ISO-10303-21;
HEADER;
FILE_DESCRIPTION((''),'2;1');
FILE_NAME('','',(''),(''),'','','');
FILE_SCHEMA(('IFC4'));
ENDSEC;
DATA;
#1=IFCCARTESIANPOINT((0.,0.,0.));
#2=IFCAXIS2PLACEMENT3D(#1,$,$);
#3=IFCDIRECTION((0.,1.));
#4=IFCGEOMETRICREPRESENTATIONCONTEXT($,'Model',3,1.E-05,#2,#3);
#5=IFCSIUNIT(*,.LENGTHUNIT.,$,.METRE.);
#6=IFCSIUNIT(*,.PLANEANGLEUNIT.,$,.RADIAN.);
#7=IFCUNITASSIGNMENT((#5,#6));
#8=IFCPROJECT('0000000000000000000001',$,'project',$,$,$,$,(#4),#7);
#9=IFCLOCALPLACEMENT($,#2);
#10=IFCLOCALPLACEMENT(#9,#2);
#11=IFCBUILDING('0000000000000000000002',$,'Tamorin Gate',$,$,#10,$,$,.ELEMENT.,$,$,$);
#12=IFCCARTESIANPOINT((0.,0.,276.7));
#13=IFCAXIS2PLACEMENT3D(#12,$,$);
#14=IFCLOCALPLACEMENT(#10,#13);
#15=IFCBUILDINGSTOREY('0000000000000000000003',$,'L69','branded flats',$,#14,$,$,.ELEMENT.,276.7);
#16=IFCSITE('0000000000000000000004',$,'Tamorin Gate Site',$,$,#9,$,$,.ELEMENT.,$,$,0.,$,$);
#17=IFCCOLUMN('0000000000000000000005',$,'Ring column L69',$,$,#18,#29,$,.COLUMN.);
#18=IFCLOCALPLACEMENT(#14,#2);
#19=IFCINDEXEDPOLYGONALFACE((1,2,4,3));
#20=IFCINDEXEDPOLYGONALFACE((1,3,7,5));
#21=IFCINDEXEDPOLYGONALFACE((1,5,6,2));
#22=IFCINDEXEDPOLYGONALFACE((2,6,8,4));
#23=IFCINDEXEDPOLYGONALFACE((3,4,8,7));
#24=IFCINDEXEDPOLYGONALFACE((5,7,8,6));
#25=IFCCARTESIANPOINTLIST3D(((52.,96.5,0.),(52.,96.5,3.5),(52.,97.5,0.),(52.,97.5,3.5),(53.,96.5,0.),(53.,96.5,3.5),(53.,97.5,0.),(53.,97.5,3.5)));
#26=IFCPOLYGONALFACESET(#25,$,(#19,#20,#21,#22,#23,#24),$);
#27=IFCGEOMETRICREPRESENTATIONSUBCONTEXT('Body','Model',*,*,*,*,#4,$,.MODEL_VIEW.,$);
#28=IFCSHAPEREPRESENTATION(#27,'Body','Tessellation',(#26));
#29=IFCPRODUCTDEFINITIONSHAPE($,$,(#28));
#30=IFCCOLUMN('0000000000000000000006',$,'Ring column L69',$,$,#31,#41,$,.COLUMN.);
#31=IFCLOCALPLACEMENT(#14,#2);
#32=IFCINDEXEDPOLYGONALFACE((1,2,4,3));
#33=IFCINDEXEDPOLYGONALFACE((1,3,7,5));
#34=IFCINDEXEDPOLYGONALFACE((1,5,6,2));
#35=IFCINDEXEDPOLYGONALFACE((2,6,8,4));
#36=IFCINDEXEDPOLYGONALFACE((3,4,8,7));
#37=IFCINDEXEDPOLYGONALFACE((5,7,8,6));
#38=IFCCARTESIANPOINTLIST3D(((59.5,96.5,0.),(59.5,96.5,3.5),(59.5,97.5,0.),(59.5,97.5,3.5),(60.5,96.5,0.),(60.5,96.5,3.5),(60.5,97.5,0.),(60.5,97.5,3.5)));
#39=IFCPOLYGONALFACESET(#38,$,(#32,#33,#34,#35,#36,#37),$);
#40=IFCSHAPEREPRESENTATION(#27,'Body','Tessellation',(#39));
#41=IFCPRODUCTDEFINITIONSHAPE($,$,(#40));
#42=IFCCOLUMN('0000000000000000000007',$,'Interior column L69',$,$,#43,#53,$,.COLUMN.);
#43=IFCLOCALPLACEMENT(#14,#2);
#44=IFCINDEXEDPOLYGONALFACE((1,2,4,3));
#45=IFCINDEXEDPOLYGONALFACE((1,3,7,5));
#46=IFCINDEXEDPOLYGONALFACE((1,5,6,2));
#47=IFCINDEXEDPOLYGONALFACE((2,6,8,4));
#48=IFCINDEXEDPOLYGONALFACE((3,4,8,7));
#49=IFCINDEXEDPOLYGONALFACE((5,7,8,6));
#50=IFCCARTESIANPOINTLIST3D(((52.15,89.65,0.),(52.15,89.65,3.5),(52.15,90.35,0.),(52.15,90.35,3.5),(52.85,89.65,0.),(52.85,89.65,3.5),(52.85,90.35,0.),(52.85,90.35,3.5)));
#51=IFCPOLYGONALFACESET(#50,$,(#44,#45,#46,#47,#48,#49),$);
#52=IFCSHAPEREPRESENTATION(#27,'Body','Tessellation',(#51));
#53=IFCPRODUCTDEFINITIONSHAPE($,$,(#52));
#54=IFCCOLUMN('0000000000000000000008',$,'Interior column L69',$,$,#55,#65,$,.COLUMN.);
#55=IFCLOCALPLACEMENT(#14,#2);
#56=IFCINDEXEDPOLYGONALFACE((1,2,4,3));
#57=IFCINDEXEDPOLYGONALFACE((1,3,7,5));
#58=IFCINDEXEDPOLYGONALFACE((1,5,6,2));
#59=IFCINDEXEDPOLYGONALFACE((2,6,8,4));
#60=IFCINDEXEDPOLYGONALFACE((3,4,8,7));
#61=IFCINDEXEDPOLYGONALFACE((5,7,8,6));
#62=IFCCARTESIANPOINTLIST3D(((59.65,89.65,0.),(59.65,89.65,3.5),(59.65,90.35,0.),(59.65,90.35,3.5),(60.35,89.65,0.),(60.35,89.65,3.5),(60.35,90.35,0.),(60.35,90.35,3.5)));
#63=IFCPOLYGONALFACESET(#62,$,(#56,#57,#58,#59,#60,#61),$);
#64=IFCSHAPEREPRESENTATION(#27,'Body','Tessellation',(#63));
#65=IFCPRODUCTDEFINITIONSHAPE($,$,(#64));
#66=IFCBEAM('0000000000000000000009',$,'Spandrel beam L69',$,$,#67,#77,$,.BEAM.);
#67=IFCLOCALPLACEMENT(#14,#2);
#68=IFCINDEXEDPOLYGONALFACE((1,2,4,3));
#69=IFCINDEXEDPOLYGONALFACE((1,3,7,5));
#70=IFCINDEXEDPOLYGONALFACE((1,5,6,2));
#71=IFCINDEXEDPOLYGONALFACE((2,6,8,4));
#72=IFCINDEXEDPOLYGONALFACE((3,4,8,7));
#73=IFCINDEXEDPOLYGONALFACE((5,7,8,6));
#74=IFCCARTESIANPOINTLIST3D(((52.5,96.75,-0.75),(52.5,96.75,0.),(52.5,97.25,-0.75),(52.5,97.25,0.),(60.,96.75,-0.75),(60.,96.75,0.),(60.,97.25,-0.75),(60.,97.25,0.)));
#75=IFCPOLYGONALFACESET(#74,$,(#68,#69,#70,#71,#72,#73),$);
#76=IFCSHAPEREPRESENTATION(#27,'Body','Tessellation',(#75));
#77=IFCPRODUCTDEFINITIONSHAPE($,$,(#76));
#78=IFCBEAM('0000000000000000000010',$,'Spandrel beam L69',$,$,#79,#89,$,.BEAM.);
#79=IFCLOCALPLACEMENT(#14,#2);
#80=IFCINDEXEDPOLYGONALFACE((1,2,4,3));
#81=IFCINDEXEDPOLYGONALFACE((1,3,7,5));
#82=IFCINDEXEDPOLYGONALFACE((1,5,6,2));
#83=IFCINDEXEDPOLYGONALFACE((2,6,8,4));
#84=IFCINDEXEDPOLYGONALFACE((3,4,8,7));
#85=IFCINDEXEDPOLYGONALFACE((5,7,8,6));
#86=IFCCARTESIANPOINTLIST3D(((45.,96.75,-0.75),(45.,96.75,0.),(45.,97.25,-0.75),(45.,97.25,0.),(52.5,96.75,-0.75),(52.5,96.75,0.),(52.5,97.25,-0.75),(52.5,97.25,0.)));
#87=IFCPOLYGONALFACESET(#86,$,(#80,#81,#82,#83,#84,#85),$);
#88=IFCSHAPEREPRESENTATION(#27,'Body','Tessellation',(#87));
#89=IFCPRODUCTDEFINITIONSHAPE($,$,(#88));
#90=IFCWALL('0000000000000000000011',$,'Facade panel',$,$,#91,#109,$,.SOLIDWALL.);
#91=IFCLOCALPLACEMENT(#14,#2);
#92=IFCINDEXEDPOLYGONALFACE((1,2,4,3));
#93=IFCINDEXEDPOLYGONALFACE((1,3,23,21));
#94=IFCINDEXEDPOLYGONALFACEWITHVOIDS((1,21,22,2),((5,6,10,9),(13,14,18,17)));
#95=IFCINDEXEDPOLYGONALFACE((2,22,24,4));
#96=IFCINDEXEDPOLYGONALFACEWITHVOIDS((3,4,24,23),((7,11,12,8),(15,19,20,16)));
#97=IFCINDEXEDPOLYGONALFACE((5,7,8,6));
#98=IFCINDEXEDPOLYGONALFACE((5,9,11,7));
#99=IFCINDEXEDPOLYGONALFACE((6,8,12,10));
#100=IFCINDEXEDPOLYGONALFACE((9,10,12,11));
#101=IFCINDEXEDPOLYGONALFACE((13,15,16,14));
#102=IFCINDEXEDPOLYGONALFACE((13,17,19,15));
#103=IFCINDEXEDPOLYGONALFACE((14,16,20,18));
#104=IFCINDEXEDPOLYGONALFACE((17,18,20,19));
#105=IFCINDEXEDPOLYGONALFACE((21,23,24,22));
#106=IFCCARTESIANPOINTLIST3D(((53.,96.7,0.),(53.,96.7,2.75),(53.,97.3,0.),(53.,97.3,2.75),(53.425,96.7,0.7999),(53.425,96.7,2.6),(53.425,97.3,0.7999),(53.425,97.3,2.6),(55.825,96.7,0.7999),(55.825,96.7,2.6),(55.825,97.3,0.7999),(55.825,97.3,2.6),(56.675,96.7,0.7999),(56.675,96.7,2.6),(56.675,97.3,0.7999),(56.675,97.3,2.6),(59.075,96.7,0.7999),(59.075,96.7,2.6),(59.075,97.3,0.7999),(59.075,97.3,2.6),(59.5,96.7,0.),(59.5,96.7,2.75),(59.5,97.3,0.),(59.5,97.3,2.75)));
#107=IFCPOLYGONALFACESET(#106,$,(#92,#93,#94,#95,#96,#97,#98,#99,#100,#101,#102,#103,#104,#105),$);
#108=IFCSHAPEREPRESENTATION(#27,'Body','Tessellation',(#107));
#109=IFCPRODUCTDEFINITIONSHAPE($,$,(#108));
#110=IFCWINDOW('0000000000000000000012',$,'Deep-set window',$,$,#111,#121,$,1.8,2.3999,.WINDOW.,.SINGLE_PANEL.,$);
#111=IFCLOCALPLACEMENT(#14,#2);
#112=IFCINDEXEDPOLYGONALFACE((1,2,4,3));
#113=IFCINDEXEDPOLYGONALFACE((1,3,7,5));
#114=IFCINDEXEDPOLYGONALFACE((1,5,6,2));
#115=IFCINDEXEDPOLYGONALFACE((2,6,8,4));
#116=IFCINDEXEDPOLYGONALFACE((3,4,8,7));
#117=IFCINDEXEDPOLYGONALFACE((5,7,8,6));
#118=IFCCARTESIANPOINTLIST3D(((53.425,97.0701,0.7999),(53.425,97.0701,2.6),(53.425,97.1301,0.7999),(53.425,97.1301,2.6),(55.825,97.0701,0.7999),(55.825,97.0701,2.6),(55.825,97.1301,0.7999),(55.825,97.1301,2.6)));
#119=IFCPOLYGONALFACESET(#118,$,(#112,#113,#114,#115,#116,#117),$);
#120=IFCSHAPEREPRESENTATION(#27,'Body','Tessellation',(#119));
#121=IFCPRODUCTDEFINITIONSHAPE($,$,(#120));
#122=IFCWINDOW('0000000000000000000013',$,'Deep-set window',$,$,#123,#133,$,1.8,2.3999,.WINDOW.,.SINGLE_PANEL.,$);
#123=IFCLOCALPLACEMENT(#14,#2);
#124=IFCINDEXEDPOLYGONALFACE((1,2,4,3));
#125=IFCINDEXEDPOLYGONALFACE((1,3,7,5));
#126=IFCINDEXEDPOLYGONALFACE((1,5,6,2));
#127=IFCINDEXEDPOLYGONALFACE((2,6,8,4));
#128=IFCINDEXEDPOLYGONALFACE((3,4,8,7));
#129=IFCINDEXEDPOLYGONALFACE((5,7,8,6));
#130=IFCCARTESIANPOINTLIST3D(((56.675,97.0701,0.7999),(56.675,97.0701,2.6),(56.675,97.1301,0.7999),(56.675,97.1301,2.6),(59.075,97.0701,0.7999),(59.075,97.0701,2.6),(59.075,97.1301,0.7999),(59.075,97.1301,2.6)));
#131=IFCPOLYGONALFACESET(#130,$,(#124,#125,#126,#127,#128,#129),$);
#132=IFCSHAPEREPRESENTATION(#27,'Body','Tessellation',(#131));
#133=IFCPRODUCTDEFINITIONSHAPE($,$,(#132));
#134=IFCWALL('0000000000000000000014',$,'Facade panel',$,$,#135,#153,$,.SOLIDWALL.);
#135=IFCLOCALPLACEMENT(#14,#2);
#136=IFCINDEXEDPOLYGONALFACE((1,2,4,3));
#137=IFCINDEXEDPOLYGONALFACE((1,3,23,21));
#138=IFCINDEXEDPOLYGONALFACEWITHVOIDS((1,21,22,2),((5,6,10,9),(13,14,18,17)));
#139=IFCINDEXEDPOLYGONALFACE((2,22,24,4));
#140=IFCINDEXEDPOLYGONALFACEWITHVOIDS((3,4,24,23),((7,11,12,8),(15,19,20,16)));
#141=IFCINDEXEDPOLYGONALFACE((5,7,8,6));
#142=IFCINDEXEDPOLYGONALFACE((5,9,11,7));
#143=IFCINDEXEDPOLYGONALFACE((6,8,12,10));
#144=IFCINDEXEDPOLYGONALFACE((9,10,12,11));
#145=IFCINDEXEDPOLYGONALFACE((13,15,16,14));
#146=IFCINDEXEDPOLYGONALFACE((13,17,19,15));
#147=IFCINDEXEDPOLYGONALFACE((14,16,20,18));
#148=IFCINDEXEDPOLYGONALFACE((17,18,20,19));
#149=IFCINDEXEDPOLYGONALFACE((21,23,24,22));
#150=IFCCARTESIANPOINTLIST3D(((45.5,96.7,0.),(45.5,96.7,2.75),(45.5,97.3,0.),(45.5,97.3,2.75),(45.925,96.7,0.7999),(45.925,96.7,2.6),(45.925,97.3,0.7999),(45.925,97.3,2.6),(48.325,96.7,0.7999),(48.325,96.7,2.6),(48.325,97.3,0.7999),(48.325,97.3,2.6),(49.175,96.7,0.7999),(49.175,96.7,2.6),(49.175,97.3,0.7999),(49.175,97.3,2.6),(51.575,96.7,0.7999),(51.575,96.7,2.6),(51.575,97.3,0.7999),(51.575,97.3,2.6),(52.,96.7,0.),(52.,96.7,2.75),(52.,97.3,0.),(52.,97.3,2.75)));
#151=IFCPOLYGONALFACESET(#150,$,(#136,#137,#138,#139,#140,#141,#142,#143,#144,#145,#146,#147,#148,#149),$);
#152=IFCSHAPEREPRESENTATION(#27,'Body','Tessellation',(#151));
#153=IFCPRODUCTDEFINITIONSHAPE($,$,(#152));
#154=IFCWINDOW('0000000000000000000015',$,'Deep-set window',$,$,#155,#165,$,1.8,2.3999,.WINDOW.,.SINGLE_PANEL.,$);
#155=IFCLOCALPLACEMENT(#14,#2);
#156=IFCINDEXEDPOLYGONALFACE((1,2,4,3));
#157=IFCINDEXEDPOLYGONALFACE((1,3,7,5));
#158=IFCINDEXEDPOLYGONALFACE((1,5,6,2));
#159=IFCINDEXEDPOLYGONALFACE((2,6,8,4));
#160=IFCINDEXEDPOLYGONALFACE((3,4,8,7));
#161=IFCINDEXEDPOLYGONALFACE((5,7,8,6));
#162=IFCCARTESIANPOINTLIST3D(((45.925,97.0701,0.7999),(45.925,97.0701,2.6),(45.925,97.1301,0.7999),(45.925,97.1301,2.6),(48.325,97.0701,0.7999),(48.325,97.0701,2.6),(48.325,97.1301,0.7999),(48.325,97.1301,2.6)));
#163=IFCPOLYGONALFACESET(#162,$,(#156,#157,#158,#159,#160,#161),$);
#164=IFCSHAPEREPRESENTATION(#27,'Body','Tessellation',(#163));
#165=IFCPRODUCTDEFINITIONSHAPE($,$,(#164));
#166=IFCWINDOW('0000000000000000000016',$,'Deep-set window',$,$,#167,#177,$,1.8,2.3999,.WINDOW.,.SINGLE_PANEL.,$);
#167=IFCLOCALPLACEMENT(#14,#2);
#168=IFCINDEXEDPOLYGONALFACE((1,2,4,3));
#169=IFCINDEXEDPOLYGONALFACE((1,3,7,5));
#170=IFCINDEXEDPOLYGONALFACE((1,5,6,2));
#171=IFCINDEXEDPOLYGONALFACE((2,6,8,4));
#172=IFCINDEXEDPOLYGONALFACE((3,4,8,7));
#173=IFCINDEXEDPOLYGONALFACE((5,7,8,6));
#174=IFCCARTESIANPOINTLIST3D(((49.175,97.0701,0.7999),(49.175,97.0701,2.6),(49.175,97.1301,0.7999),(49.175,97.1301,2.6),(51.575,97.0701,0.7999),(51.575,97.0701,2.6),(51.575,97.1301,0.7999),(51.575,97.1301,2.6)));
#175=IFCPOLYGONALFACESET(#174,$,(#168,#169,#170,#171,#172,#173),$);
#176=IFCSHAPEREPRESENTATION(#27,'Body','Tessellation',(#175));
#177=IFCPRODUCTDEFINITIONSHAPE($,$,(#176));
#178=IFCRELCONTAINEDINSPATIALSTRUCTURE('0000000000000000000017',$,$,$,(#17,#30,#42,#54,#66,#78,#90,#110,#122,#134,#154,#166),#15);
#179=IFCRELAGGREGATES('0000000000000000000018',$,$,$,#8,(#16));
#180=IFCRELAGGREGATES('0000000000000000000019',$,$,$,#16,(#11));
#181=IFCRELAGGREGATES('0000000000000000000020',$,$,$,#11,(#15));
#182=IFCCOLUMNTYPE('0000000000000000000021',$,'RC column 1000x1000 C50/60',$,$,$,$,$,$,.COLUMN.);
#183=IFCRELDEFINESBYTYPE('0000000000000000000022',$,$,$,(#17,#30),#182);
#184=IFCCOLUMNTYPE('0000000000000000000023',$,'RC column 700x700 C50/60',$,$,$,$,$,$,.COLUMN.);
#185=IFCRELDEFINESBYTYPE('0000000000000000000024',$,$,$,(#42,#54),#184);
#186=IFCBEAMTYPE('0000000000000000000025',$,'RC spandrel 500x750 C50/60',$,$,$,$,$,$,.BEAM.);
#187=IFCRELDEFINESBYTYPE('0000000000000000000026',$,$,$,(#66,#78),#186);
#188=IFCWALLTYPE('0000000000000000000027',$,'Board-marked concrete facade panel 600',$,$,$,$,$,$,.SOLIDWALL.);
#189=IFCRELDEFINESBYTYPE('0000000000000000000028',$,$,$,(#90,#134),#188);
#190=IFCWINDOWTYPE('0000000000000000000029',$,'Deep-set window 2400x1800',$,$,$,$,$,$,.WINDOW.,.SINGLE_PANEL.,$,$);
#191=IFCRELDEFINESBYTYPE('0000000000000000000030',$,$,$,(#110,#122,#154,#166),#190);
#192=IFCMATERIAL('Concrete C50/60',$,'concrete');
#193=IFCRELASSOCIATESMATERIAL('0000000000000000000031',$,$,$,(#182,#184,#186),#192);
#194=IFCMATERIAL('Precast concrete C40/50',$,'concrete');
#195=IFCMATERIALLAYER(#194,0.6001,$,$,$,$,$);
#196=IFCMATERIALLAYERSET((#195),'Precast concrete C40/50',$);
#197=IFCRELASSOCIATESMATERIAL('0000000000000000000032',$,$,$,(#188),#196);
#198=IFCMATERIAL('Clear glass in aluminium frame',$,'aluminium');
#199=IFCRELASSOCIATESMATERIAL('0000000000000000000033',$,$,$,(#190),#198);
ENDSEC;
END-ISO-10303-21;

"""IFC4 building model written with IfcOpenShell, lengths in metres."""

from ifc_helpers import new_model, si_unit, direction, frame, frame_2d, origin, origin_2d, place, context, subcontext, project, spatial, rectangle, extrude, material, layer, layer_set, material_profile, profile_set, type_object, element, fill, save


model = new_model("IFC4")

# Units and contexts
model_context = context("Model", 3, precision=1e-05, world=origin(), true_north=direction((0.0, 1.0)))
body_context = subcontext(model_context, "Body", "Model", "MODEL_VIEW")
ifc_project = project(units=[si_unit("LENGTHUNIT", "METRE"), si_unit("PLANEANGLEUNIT", "RADIAN")], contexts=[model_context])

# Site, building, storey
site_placement = place(None, origin())
site = spatial("IfcSite", under=ifc_project, at=site_placement, Name="Tamorin Gate Site", CompositionType="ELEMENT", RefElevation=0.0)
building_placement = place(site_placement, origin())
building = spatial("IfcBuilding", under=site, at=building_placement, Name="Tamorin Gate", CompositionType="ELEMENT")
storey_placement = place(building_placement, frame((0.0, 0.0, 276.7)))
storey = spatial("IfcBuildingStorey", under=building, at=storey_placement, Name="L69", Description="branded flats", CompositionType="ELEMENT", Elevation=276.7)

# Columns
ifc_material_1 = material(Name="Concrete C50/60", Category="concrete")
ifc_material_profile_1 = material_profile(ifc_material_1, rectangle(XDim=1.0, YDim=1.0, at=origin_2d()), Name="RC 1000x1000")
ifc_profile_set_1 = profile_set([ifc_material_profile_1], Name="Concrete C50/60")
column_type_1 = type_object("IfcColumnType", Name="RC column 1000x1000 C50/60", PredefinedType="COLUMN", material=ifc_profile_set_1)
for number, where, z_axis, x_axis, name in (
    (1, (52.5, 97.0, 0.0), (0.0, 0.0, 1.0), (1.0, 0.0, 0.0), "Ring column L69"),
    (2, (60.0, 97.0, 0.0), (0.0, 0.0, 1.0), (1.0, 0.0, 0.0), "Ring column L69"),
):
    element("IfcColumn", number, at=place(storey_placement, frame(where, z_axis=z_axis, x_axis=x_axis)), inside=storey, type_object=column_type_1, Name=name, PredefinedType="COLUMN", context=body_context, shape_type="SweptSolid", body=[
        extrude(rectangle(XDim=1.0, YDim=1.0, at=origin_2d()), origin(), (0.0, 0.0, 1.0), 3.5),
    ])
ifc_material_profile_2 = material_profile(ifc_material_1, rectangle(XDim=0.7, YDim=0.7, at=origin_2d()), Name="RC 700x700")
ifc_profile_set_2 = profile_set([ifc_material_profile_2], Name="Concrete C50/60")
column_type_2 = type_object("IfcColumnType", Name="RC column 700x700 C50/60", PredefinedType="COLUMN", material=ifc_profile_set_2)
for number, where, z_axis, x_axis, name in (
    (3, (52.5, 90.0, 0.0), (0.0, 0.0, 1.0), (1.0, 0.0, 0.0), "Interior column L69"),
    (4, (60.0, 90.0, 0.0), (0.0, 0.0, 1.0), (1.0, 0.0, 0.0), "Interior column L69"),
):
    element("IfcColumn", number, at=place(storey_placement, frame(where, z_axis=z_axis, x_axis=x_axis)), inside=storey, type_object=column_type_2, Name=name, PredefinedType="COLUMN", context=body_context, shape_type="SweptSolid", body=[
        extrude(rectangle(XDim=0.7, YDim=0.7, at=origin_2d()), origin(), (0.0, 0.0, 1.0), 3.5),
    ])

# Beams
ifc_material_profile_3 = material_profile(ifc_material_1, rectangle(XDim=0.5, YDim=0.75, at=origin_2d()), Name="RC 500x750")
ifc_profile_set_3 = profile_set([ifc_material_profile_3], Name="Concrete C50/60")
beam_type = type_object("IfcBeamType", Name="RC spandrel 500x750 C50/60", PredefinedType="BEAM", material=ifc_profile_set_3)
for number, where, z_axis, x_axis, name in (
    (5, (60.0, 97.0, -0.375), (-1.0, 0.0, 0.0), (0.0, -1.0, 0.0), "Spandrel beam L69"),
    (6, (52.5, 97.0, -0.375), (-1.0, 0.0, 0.0), (0.0, -1.0, 0.0), "Spandrel beam L69"),
):
    element("IfcBeam", number, at=place(storey_placement, frame(where, z_axis=z_axis, x_axis=x_axis)), inside=storey, type_object=beam_type, Name=name, PredefinedType="BEAM", context=body_context, shape_type="SweptSolid", body=[
        extrude(rectangle(XDim=0.5, YDim=0.75, at=origin_2d()), origin(), (0.0, 0.0, 1.0), 7.5),
    ])

# Walls, openings, windows
ifc_material_2 = material(Name="Precast concrete C40/50", Category="concrete")
ifc_layer_1 = layer(ifc_material_2, 0.6001)
ifc_layer_set_1 = layer_set([ifc_layer_1], Name="Precast concrete C40/50")
wall_type_1 = type_object("IfcWallType", Name="Board-marked concrete facade panel 600", PredefinedType="SOLIDWALL", material=ifc_layer_set_1)
wall_1_placement = place(storey_placement, frame((59.5, 97.0, 0.0), z_axis=(0.0, 0.0, 1.0), x_axis=(-1.0, 0.0, 0.0)))
wall_1 = element("IfcWall", 7, at=wall_1_placement, inside=storey, type_object=wall_type_1, Name="Facade panel", PredefinedType="SOLIDWALL", context=body_context, shape_type="SweptSolid", body=[
    extrude(rectangle(XDim=6.5, YDim=0.6001, at=frame_2d((3.25, 0.0))), origin(), (0.0, 0.0, 1.0), 2.75),
])
opening_1_placement = place(wall_1_placement, frame((3.675, 0.0, 0.8)))
opening_1 = element("IfcOpeningElement", 8, at=opening_1_placement, cuts=wall_1, PredefinedType="OPENING", context=body_context, shape_type="SweptSolid", body=[
    extrude(rectangle(XDim=2.3999, YDim=1.8, at=frame_2d((1.2, 0.8999))), frame((0.0, 0.3101, 0.0), z_axis=(0.0, -1.0, 0.0), x_axis=(1.0, 0.0, 0.0)), (0.0, 0.0, 1.0), 0.6201),
])
opening_2_placement = place(wall_1_placement, frame((0.425, 0.0, 0.8)))
opening_2 = element("IfcOpeningElement", 9, at=opening_2_placement, cuts=wall_1, PredefinedType="OPENING", context=body_context, shape_type="SweptSolid", body=[
    extrude(rectangle(XDim=2.3999, YDim=1.8, at=frame_2d((1.2, 0.8999))), frame((0.0, 0.3101, 0.0), z_axis=(0.0, -1.0, 0.0), x_axis=(1.0, 0.0, 0.0)), (0.0, 0.0, 1.0), 0.6201),
])
ifc_material_3 = material(Name="Clear glass in aluminium frame", Category="aluminium")
window_type = type_object("IfcWindowType", Name="Deep-set window 2400x1800", PartitioningType="SINGLE_PANEL", PredefinedType="WINDOW", material=ifc_material_3)
window_1_placement = place(opening_1_placement, origin())
window_1 = element("IfcWindow", 10, at=window_1_placement, inside=storey, type_object=window_type, Name="Deep-set window", OverallHeight=1.8, OverallWidth=2.3999, PartitioningType="SINGLE_PANEL", PredefinedType="WINDOW", context=body_context, shape_type="SweptSolid", body=[
    extrude(rectangle(XDim=2.3999, YDim=1.8, at=frame_2d((1.2, 0.8999))), frame((0.0, -0.0701, 0.0), z_axis=(0.0, -1.0, 0.0), x_axis=(1.0, 0.0, 0.0)), (0.0, 0.0, 1.0), 0.0601),
])
fill(opening_1, window_1)
window_2_placement = place(opening_2_placement, origin())
window_2 = element("IfcWindow", 11, at=window_2_placement, inside=storey, type_object=window_type, Name="Deep-set window", OverallHeight=1.8, OverallWidth=2.3999, PartitioningType="SINGLE_PANEL", PredefinedType="WINDOW", context=body_context, shape_type="SweptSolid", body=[
    extrude(rectangle(XDim=2.3999, YDim=1.8, at=frame_2d((1.2, 0.8999))), frame((0.0, -0.0701, 0.0), z_axis=(0.0, -1.0, 0.0), x_axis=(1.0, 0.0, 0.0)), (0.0, 0.0, 1.0), 0.0601),
])
fill(opening_2, window_2)
wall_2_placement = place(storey_placement, frame((52.0, 97.0, 0.0), z_axis=(0.0, 0.0, 1.0), x_axis=(-1.0, 0.0, 0.0)))
wall_2 = element("IfcWall", 12, at=wall_2_placement, inside=storey, type_object=wall_type_1, Name="Facade panel", PredefinedType="SOLIDWALL", context=body_context, shape_type="SweptSolid", body=[
    extrude(rectangle(XDim=6.5, YDim=0.6001, at=frame_2d((3.25, 0.0))), origin(), (0.0, 0.0, 1.0), 2.75),
])
opening_3_placement = place(wall_2_placement, frame((3.675, 0.0, 0.8)))
opening_3 = element("IfcOpeningElement", 13, at=opening_3_placement, cuts=wall_2, PredefinedType="OPENING", context=body_context, shape_type="SweptSolid", body=[
    extrude(rectangle(XDim=2.3999, YDim=1.8, at=frame_2d((1.2, 0.8999))), frame((0.0, 0.3101, 0.0), z_axis=(0.0, -1.0, 0.0), x_axis=(1.0, 0.0, 0.0)), (0.0, 0.0, 1.0), 0.6201),
])
opening_4_placement = place(wall_2_placement, frame((0.425, 0.0, 0.8)))
opening_4 = element("IfcOpeningElement", 14, at=opening_4_placement, cuts=wall_2, PredefinedType="OPENING", context=body_context, shape_type="SweptSolid", body=[
    extrude(rectangle(XDim=2.3999, YDim=1.8, at=frame_2d((1.2, 0.8999))), frame((0.0, 0.3101, 0.0), z_axis=(0.0, -1.0, 0.0), x_axis=(1.0, 0.0, 0.0)), (0.0, 0.0, 1.0), 0.6201),
])
window_3_placement = place(opening_3_placement, origin())
window_3 = element("IfcWindow", 15, at=window_3_placement, inside=storey, type_object=window_type, Name="Deep-set window", OverallHeight=1.8, OverallWidth=2.3999, PartitioningType="SINGLE_PANEL", PredefinedType="WINDOW", context=body_context, shape_type="SweptSolid", body=[
    extrude(rectangle(XDim=2.3999, YDim=1.8, at=frame_2d((1.2, 0.8999))), frame((0.0, -0.0701, 0.0), z_axis=(0.0, -1.0, 0.0), x_axis=(1.0, 0.0, 0.0)), (0.0, 0.0, 1.0), 0.0601),
])
fill(opening_3, window_3)
window_4_placement = place(opening_4_placement, origin())
window_4 = element("IfcWindow", 16, at=window_4_placement, inside=storey, type_object=window_type, Name="Deep-set window", OverallHeight=1.8, OverallWidth=2.3999, PartitioningType="SINGLE_PANEL", PredefinedType="WINDOW", context=body_context, shape_type="SweptSolid", body=[
    extrude(rectangle(XDim=2.3999, YDim=1.8, at=frame_2d((1.2, 0.8999))), frame((0.0, -0.0701, 0.0), z_axis=(0.0, -1.0, 0.0), x_axis=(1.0, 0.0, 0.0)), (0.0, 0.0, 1.0), 0.0601),
])
fill(opening_4, window_4)

save(model, "model.ifc")
